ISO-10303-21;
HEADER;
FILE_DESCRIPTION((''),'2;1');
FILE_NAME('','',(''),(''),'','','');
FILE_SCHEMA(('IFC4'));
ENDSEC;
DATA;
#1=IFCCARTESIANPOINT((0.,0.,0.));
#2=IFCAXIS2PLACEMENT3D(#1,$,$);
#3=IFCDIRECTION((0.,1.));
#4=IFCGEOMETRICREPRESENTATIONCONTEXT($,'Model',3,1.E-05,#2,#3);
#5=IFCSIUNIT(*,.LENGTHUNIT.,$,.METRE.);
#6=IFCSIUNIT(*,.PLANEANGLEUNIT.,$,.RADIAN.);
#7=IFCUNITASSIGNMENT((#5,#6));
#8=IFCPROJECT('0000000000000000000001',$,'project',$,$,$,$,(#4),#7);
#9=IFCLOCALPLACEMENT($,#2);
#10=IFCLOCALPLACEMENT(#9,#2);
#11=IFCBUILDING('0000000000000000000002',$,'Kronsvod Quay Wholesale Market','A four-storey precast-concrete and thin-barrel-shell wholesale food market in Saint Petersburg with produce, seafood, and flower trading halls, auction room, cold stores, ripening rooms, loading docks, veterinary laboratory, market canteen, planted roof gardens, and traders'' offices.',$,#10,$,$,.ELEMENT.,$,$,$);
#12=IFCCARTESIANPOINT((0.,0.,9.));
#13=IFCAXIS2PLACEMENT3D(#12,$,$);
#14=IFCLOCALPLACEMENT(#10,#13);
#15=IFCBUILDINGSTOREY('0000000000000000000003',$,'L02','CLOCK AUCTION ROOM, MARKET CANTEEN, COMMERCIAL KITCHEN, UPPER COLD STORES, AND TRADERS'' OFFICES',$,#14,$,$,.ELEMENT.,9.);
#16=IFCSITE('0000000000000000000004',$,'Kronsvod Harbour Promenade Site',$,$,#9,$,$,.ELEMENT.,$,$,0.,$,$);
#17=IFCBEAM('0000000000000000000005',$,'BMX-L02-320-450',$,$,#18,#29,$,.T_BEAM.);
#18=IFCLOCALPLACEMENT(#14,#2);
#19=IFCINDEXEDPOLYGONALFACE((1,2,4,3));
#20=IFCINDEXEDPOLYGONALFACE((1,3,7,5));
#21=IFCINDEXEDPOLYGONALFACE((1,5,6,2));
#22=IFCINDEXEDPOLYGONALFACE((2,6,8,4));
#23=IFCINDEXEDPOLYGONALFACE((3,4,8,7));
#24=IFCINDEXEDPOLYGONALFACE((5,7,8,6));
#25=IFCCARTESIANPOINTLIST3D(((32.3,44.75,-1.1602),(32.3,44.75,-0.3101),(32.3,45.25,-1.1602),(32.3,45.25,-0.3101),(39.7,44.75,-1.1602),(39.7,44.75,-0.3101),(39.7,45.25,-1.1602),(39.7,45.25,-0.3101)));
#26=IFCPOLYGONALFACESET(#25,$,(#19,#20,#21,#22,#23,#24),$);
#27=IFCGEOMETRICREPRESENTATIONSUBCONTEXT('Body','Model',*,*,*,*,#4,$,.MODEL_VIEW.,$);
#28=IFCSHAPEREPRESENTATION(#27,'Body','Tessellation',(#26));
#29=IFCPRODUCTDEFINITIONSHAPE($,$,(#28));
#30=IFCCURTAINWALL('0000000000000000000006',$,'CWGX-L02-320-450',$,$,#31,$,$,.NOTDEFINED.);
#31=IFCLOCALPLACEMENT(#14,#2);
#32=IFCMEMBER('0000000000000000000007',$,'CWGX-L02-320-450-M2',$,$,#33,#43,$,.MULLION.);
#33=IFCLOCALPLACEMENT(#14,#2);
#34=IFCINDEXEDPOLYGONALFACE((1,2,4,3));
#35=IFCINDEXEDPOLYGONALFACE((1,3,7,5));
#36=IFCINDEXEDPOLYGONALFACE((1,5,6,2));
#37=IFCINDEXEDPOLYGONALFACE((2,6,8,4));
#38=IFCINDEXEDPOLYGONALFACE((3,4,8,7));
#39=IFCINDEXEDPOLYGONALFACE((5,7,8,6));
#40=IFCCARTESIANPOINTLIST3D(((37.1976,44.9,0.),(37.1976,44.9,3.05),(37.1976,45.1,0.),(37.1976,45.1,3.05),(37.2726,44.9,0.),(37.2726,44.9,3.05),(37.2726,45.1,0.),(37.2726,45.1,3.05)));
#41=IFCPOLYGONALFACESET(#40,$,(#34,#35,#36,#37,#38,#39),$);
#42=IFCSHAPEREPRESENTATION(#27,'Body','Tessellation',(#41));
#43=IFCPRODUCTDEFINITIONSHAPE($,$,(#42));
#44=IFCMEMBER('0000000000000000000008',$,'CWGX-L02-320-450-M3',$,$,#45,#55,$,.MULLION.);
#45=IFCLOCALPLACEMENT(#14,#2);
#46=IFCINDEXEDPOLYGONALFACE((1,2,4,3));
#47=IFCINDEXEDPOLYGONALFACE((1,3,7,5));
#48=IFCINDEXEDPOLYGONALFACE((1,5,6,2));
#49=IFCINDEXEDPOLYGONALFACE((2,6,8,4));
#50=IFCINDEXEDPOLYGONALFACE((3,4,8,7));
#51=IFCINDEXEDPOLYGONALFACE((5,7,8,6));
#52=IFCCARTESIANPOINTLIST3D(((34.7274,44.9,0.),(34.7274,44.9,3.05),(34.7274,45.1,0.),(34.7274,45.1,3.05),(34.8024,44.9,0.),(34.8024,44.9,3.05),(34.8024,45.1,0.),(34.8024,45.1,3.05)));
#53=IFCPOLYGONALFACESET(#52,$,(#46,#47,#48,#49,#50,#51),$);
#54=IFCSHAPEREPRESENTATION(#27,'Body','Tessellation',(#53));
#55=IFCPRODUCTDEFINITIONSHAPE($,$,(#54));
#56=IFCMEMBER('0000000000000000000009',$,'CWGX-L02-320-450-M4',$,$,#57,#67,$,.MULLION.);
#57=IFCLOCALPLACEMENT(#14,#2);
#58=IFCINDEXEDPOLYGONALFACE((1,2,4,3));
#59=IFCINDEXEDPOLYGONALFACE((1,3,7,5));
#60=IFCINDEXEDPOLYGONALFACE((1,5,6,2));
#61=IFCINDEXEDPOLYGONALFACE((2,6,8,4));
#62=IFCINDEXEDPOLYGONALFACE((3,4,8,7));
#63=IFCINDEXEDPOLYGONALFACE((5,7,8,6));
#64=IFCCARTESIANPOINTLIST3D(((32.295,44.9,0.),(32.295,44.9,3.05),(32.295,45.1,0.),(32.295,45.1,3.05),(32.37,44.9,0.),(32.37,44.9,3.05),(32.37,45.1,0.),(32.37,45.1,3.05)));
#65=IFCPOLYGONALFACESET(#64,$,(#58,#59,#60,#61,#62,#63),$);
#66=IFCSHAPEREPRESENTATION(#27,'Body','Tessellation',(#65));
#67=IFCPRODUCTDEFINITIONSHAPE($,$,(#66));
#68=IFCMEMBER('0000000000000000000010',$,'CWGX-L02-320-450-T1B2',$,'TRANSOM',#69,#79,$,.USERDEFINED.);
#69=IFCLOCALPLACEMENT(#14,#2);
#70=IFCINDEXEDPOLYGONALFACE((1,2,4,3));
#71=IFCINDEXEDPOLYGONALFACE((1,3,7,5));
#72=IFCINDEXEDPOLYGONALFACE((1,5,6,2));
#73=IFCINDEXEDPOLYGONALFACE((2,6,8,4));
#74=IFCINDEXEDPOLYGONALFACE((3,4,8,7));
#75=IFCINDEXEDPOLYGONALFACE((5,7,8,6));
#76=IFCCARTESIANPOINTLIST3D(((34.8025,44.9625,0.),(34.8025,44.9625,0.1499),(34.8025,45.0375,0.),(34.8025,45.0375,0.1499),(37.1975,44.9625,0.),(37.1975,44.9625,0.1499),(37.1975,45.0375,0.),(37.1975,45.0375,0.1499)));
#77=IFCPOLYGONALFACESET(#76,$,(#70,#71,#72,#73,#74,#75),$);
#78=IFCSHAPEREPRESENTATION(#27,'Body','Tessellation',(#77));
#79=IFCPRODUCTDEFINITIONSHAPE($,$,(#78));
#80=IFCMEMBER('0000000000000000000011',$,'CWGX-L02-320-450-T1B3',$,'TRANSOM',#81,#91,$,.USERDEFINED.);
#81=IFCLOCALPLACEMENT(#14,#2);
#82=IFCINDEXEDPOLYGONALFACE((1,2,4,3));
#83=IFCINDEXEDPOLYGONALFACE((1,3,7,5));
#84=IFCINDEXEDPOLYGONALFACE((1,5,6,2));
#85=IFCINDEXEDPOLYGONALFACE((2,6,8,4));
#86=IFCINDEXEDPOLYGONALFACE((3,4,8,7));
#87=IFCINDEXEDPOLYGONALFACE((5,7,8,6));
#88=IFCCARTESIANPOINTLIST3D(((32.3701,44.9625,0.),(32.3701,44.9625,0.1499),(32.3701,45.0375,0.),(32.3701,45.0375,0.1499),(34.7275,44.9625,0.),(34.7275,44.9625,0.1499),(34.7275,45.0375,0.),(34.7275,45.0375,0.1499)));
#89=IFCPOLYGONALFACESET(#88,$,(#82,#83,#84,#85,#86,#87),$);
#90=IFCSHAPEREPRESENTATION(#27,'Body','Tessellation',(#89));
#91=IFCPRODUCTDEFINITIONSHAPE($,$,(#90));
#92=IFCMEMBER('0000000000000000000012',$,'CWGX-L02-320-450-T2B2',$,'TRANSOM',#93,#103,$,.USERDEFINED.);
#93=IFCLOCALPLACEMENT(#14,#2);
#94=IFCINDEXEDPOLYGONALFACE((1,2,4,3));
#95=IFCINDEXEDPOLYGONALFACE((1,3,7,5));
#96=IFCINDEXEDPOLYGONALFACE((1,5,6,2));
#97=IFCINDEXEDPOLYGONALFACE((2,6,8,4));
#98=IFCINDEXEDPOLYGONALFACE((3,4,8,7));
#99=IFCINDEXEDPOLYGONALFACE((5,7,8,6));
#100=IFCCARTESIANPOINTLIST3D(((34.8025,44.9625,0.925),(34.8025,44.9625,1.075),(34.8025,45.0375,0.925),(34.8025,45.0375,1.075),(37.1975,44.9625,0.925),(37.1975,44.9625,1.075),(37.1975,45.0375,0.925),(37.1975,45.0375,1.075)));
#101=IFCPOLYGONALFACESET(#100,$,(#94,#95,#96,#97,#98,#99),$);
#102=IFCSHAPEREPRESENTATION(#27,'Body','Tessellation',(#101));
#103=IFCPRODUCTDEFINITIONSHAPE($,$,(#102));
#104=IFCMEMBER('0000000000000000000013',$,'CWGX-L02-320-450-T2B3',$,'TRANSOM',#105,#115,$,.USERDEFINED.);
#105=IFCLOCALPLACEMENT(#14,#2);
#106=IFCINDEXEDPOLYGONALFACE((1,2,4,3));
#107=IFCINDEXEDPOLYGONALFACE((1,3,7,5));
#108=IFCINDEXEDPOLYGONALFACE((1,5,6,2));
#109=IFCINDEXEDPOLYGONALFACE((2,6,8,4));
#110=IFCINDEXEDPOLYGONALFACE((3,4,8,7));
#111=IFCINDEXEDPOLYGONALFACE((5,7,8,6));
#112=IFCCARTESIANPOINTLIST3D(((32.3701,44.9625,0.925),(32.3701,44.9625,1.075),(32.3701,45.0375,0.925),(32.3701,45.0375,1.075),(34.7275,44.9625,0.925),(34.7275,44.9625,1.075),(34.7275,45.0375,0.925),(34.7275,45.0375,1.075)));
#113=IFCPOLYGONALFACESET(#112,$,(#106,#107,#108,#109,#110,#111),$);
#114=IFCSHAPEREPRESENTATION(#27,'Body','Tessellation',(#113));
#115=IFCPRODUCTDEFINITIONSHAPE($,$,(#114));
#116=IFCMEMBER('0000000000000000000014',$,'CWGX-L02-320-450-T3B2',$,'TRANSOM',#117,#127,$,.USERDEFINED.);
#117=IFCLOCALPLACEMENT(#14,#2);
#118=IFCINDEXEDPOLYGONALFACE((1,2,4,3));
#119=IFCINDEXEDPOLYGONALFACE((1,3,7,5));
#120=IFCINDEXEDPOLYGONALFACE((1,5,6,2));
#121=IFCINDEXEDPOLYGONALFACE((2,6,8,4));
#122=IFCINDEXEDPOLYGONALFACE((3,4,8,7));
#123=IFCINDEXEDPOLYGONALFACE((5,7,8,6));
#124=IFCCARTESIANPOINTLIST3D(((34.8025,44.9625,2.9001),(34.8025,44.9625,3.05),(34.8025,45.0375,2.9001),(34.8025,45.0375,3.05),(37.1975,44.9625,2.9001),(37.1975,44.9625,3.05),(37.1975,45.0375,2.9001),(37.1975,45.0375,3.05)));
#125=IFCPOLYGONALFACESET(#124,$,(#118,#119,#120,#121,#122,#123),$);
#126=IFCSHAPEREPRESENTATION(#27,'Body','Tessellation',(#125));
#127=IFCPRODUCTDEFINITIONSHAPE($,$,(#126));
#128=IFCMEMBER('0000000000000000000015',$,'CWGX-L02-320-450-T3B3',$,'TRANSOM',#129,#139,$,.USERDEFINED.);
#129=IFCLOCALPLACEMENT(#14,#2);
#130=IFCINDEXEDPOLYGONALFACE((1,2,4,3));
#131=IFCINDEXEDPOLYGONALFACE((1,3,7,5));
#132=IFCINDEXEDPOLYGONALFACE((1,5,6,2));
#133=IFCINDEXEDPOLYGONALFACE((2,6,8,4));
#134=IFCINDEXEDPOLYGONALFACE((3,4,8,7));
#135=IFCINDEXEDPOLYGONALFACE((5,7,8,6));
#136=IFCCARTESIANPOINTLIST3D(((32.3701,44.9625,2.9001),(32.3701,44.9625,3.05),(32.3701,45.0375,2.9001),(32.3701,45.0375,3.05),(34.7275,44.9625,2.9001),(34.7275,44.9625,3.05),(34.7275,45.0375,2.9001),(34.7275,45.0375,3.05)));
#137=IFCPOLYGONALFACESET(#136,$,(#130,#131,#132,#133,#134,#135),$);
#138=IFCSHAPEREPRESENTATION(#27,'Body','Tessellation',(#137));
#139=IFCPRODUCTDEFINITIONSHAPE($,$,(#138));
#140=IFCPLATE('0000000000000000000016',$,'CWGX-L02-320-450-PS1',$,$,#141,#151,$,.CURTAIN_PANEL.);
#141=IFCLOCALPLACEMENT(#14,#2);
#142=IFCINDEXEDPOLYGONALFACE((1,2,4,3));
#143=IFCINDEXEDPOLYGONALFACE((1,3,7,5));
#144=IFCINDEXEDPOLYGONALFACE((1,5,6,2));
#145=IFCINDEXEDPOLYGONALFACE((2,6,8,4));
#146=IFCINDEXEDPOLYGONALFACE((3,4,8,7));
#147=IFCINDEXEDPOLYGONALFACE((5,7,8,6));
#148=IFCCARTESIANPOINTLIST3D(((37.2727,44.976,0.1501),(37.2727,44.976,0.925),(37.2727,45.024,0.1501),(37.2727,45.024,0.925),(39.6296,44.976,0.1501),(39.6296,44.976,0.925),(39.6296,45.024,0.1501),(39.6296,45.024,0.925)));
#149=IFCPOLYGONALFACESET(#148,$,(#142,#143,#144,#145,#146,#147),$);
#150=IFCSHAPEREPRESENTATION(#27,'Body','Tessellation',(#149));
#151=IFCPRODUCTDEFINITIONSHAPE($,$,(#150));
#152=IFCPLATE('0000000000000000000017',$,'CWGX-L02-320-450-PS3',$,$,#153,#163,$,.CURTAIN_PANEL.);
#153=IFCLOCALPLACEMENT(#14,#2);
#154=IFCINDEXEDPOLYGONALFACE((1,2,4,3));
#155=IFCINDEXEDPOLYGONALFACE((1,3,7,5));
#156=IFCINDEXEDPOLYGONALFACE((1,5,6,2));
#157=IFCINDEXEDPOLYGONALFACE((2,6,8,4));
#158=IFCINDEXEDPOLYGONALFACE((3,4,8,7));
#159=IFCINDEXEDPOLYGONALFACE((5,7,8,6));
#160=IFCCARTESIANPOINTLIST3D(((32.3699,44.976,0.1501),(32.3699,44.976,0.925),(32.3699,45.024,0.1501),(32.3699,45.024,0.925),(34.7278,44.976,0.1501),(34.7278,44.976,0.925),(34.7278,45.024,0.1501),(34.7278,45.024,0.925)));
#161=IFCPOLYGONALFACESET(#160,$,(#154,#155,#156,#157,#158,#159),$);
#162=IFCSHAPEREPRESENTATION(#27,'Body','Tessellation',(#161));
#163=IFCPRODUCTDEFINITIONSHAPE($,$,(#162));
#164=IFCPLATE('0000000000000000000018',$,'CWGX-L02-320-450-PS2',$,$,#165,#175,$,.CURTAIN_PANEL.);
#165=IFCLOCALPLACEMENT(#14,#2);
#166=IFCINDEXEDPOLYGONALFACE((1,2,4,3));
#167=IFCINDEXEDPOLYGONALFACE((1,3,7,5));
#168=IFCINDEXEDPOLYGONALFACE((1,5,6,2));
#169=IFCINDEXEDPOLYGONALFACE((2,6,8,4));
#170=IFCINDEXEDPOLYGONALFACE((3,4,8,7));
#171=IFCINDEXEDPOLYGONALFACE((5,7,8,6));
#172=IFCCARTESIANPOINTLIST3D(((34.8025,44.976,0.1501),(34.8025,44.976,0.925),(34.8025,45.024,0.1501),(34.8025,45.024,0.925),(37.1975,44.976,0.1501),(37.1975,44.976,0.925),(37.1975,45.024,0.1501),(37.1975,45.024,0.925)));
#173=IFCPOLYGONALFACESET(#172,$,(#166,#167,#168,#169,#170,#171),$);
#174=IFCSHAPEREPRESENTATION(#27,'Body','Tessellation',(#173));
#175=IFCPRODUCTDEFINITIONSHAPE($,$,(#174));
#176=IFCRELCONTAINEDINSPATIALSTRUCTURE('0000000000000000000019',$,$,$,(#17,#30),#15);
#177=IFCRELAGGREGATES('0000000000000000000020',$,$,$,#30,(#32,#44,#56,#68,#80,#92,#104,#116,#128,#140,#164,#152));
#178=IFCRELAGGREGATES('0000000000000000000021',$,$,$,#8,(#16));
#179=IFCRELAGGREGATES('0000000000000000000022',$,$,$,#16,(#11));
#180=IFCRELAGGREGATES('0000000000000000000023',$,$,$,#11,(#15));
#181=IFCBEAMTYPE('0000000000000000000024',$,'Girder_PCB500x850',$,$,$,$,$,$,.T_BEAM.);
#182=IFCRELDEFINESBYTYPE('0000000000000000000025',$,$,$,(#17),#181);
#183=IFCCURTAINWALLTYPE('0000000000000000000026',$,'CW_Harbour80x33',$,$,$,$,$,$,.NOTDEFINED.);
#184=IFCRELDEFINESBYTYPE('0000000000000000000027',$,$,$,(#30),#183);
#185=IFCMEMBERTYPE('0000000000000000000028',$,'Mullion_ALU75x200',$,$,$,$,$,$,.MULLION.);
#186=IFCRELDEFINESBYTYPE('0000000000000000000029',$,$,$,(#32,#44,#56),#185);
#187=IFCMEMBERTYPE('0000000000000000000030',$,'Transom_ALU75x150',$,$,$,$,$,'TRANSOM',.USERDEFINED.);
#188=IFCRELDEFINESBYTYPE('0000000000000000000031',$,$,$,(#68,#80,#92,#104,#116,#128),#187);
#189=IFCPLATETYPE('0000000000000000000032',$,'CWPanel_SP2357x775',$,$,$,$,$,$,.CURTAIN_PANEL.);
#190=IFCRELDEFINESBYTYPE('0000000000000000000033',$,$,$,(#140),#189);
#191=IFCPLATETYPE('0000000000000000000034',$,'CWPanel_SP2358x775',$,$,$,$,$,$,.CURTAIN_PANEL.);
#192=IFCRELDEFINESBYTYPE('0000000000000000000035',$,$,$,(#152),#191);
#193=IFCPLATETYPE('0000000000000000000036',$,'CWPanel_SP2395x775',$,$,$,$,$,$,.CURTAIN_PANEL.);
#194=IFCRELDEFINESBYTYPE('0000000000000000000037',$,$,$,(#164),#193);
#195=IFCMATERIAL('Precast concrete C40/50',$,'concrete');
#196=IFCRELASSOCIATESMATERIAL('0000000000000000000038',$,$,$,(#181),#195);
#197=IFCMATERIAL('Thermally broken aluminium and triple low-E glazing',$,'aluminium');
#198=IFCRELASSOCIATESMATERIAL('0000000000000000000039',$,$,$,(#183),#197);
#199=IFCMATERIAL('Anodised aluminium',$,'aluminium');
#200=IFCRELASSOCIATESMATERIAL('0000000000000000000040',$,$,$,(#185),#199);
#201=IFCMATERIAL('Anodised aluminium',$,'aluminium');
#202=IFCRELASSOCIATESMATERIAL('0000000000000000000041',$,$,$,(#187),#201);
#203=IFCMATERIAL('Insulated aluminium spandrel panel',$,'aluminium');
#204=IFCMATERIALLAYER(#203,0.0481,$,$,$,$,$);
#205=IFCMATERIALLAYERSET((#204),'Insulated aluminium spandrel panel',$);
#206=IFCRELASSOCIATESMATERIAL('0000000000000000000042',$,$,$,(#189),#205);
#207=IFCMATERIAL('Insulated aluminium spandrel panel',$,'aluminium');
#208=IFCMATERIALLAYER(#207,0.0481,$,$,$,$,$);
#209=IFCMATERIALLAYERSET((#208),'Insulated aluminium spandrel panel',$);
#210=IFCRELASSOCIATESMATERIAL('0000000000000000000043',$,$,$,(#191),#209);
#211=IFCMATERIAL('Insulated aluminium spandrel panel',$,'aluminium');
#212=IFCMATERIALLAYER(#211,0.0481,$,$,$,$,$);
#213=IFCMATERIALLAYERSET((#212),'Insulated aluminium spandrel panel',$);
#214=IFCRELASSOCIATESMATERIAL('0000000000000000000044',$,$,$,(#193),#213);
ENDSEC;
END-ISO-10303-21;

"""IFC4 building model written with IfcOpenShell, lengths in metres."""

from ifc_helpers import new_model, si_unit, direction, frame, origin, origin_2d, place, context, subcontext, project, spatial, rectangle, extrude, material, layer, layer_set, material_profile, profile_set, type_object, element, aggregate, save


model = new_model("IFC4")

# Units and contexts
model_context = context("Model", 3, precision=1e-05, world=origin(), true_north=direction((0.0, 1.0)))
body_context = subcontext(model_context, "Body", "Model", "MODEL_VIEW")
ifc_project = project(units=[si_unit("LENGTHUNIT", "METRE"), si_unit("PLANEANGLEUNIT", "RADIAN")], contexts=[model_context])

# Site, building, storey
site_placement = place(None, origin())
site = spatial("IfcSite", under=ifc_project, at=site_placement, Name="Kronsvod Harbour Promenade Site", CompositionType="ELEMENT", RefElevation=0.0)
building_placement = place(site_placement, origin())
building = spatial("IfcBuilding", under=site, at=building_placement, Name="Kronsvod Quay Wholesale Market", Description="A four-storey precast-concrete and thin-barrel-shell wholesale food market in Saint Petersburg with produce, seafood, and flower trading halls, auction room, cold stores, ripening rooms, loading docks, veterinary laboratory, market canteen, planted roof gardens, and traders' offices.", CompositionType="ELEMENT")
storey_placement = place(building_placement, frame((0.0, 0.0, 9.0)))
storey = spatial("IfcBuildingStorey", under=building, at=storey_placement, Name="L02", Description="CLOCK AUCTION ROOM, MARKET CANTEEN, COMMERCIAL KITCHEN, UPPER COLD STORES, AND TRADERS' OFFICES", CompositionType="ELEMENT", Elevation=9.0)

# Beam
ifc_material_1 = material(Name="Precast concrete C40/50", Category="concrete")
ifc_material_profile_1 = material_profile(ifc_material_1, rectangle(XDim=0.5, YDim=0.8501, at=origin_2d()), Name="PCB500x850")
ifc_profile_set_1 = profile_set([ifc_material_profile_1], Name="Precast concrete C40/50")
beam_type_1 = type_object("IfcBeamType", Name="Girder_PCB500x850", PredefinedType="T_BEAM", material=ifc_profile_set_1)
beam_1_placement = place(storey_placement, frame((32.3, 45.0, -0.7351), z_axis=(1.0, 0.0, 0.0), x_axis=(0.0, 1.0, 0.0)))
element("IfcBeam", 1, at=beam_1_placement, inside=storey, type_object=beam_type_1, Name="BMX-L02-320-450", PredefinedType="T_BEAM", context=body_context, shape_type="SweptSolid", body=[
    extrude(rectangle(XDim=0.5, YDim=0.8501, at=origin_2d()), origin(), (0.0, 0.0, 1.0), 7.3999),
])

# Curtain wall, members, plates
ifc_material_2 = material(Name="Thermally broken aluminium and triple low-E glazing", Category="aluminium")
curtain_wall_type = type_object("IfcCurtainWallType", Name="CW_Harbour80x33", PredefinedType="NOTDEFINED", material=ifc_material_2)
curtain_wall_placement = place(storey_placement, origin())
curtain_wall = element("IfcCurtainWall", 2, at=curtain_wall_placement, inside=storey, type_object=curtain_wall_type, Name="CWGX-L02-320-450", PredefinedType="NOTDEFINED")
ifc_material_3 = material(Name="Anodised aluminium", Category="aluminium")
ifc_material_profile_2 = material_profile(ifc_material_3, rectangle(XDim=0.075, YDim=0.2, at=origin_2d()), Name="ALUM75x200")
ifc_profile_set_2 = profile_set([ifc_material_profile_2], Name="Anodised aluminium")
member_type_1 = type_object("IfcMemberType", Name="Mullion_ALU75x200", PredefinedType="MULLION", material=ifc_profile_set_2)
member_1_placement = place(storey_placement, frame((37.2351, 45.0, 0.0), z_axis=(0.0, 0.0, 1.0), x_axis=(1.0, 0.0, 0.0)))
member_1 = element("IfcMember", 3, at=member_1_placement, type_object=member_type_1, Name="CWGX-L02-320-450-M2", PredefinedType="MULLION", context=body_context, shape_type="SweptSolid", body=[
    extrude(rectangle(XDim=0.075, YDim=0.2, at=origin_2d()), origin(), (0.0, 0.0, 1.0), 3.05),
])
member_2_placement = place(storey_placement, frame((34.7649, 45.0, 0.0), z_axis=(0.0, 0.0, 1.0), x_axis=(1.0, 0.0, 0.0)))
member_2 = element("IfcMember", 4, at=member_2_placement, type_object=member_type_1, Name="CWGX-L02-320-450-M3", PredefinedType="MULLION", context=body_context, shape_type="SweptSolid", body=[
    extrude(rectangle(XDim=0.075, YDim=0.2, at=origin_2d()), origin(), (0.0, 0.0, 1.0), 3.05),
])
member_3_placement = place(storey_placement, frame((32.3325, 45.0, 0.0), z_axis=(0.0, 0.0, 1.0), x_axis=(1.0, 0.0, 0.0)))
member_3 = element("IfcMember", 5, at=member_3_placement, type_object=member_type_1, Name="CWGX-L02-320-450-M4", PredefinedType="MULLION", context=body_context, shape_type="SweptSolid", body=[
    extrude(rectangle(XDim=0.075, YDim=0.2, at=origin_2d()), origin(), (0.0, 0.0, 1.0), 3.05),
])
ifc_material_4 = material(Name="Anodised aluminium", Category="aluminium")
ifc_material_profile_3 = material_profile(ifc_material_4, rectangle(XDim=0.075, YDim=0.1499, at=origin_2d()), Name="ALUT75x150")
ifc_profile_set_3 = profile_set([ifc_material_profile_3], Name="Anodised aluminium")
member_type_2 = type_object("IfcMemberType", Name="Transom_ALU75x150", ElementType="TRANSOM", PredefinedType="USERDEFINED", material=ifc_profile_set_3)
member_4_placement = place(storey_placement, frame((37.1975, 45.0, 0.075), z_axis=(-1.0, 0.0, 0.0), x_axis=(0.0, -1.0, 0.0)))
member_4 = element("IfcMember", 6, at=member_4_placement, type_object=member_type_2, Name="CWGX-L02-320-450-T1B2", ObjectType="TRANSOM", PredefinedType="USERDEFINED", context=body_context, shape_type="SweptSolid", body=[
    extrude(rectangle(XDim=0.075, YDim=0.1499, at=origin_2d()), origin(), (0.0, 0.0, 1.0), 2.395),
])
member_5_placement = place(storey_placement, frame((34.7275, 45.0, 0.075), z_axis=(-1.0, 0.0, 0.0), x_axis=(0.0, -1.0, 0.0)))
member_5 = element("IfcMember", 7, at=member_5_placement, type_object=member_type_2, Name="CWGX-L02-320-450-T1B3", ObjectType="TRANSOM", PredefinedType="USERDEFINED", context=body_context, shape_type="SweptSolid", body=[
    extrude(rectangle(XDim=0.075, YDim=0.1499, at=origin_2d()), origin(), (0.0, 0.0, 1.0), 2.3574),
])
member_6_placement = place(storey_placement, frame((37.1975, 45.0, 1.0), z_axis=(-1.0, 0.0, 0.0), x_axis=(0.0, -1.0, 0.0)))
member_6 = element("IfcMember", 8, at=member_6_placement, type_object=member_type_2, Name="CWGX-L02-320-450-T2B2", ObjectType="TRANSOM", PredefinedType="USERDEFINED", context=body_context, shape_type="SweptSolid", body=[
    extrude(rectangle(XDim=0.075, YDim=0.1499, at=origin_2d()), origin(), (0.0, 0.0, 1.0), 2.395),
])
member_7_placement = place(storey_placement, frame((34.7275, 45.0, 1.0), z_axis=(-1.0, 0.0, 0.0), x_axis=(0.0, -1.0, 0.0)))
member_7 = element("IfcMember", 9, at=member_7_placement, type_object=member_type_2, Name="CWGX-L02-320-450-T2B3", ObjectType="TRANSOM", PredefinedType="USERDEFINED", context=body_context, shape_type="SweptSolid", body=[
    extrude(rectangle(XDim=0.075, YDim=0.1499, at=origin_2d()), origin(), (0.0, 0.0, 1.0), 2.3574),
])
member_8_placement = place(storey_placement, frame((37.1975, 45.0, 2.9751), z_axis=(-1.0, 0.0, 0.0), x_axis=(0.0, -1.0, 0.0)))
member_8 = element("IfcMember", 10, at=member_8_placement, type_object=member_type_2, Name="CWGX-L02-320-450-T3B2", ObjectType="TRANSOM", PredefinedType="USERDEFINED", context=body_context, shape_type="SweptSolid", body=[
    extrude(rectangle(XDim=0.075, YDim=0.1499, at=origin_2d()), origin(), (0.0, 0.0, 1.0), 2.395),
])
member_9_placement = place(storey_placement, frame((34.7275, 45.0, 2.9751), z_axis=(-1.0, 0.0, 0.0), x_axis=(0.0, -1.0, 0.0)))
member_9 = element("IfcMember", 11, at=member_9_placement, type_object=member_type_2, Name="CWGX-L02-320-450-T3B3", ObjectType="TRANSOM", PredefinedType="USERDEFINED", context=body_context, shape_type="SweptSolid", body=[
    extrude(rectangle(XDim=0.075, YDim=0.1499, at=origin_2d()), origin(), (0.0, 0.0, 1.0), 2.3574),
])
ifc_material_5 = material(Name="Insulated aluminium spandrel panel", Category="aluminium")
ifc_layer_1 = layer(ifc_material_5, 0.0481)
ifc_layer_set_1 = layer_set([ifc_layer_1], Name="Insulated aluminium spandrel panel")
plate_type_1 = type_object("IfcPlateType", Name="CWPanel_SP2357x775", PredefinedType="CURTAIN_PANEL", material=ifc_layer_set_1)
plate_1_placement = place(storey_placement, frame((38.4512, 45.0, 0.1501), z_axis=(0.0, 0.0, 1.0), x_axis=(-1.0, 0.0, 0.0)))
plate_1 = element("IfcPlate", 12, at=plate_1_placement, type_object=plate_type_1, Name="CWGX-L02-320-450-PS1", PredefinedType="CURTAIN_PANEL", context=body_context, shape_type="SweptSolid", body=[
    extrude(rectangle(XDim=2.3569, YDim=0.0481, at=origin_2d()), origin(), (0.0, 0.0, 1.0), 0.7749),
])
ifc_material_6 = material(Name="Insulated aluminium spandrel panel", Category="aluminium")
ifc_layer_2 = layer(ifc_material_6, 0.0481)
ifc_layer_set_2 = layer_set([ifc_layer_2], Name="Insulated aluminium spandrel panel")
plate_type_2 = type_object("IfcPlateType", Name="CWPanel_SP2358x775", PredefinedType="CURTAIN_PANEL", material=ifc_layer_set_2)
plate_2_placement = place(storey_placement, frame((33.5488, 45.0, 0.1501), z_axis=(0.0, 0.0, 1.0), x_axis=(-1.0, 0.0, 0.0)))
plate_2 = element("IfcPlate", 13, at=plate_2_placement, type_object=plate_type_2, Name="CWGX-L02-320-450-PS3", PredefinedType="CURTAIN_PANEL", context=body_context, shape_type="SweptSolid", body=[
    extrude(rectangle(XDim=2.3579, YDim=0.0481, at=origin_2d()), origin(), (0.0, 0.0, 1.0), 0.7749),
])
ifc_material_7 = material(Name="Insulated aluminium spandrel panel", Category="aluminium")
ifc_layer_3 = layer(ifc_material_7, 0.0481)
ifc_layer_set_3 = layer_set([ifc_layer_3], Name="Insulated aluminium spandrel panel")
plate_type_3 = type_object("IfcPlateType", Name="CWPanel_SP2395x775", PredefinedType="CURTAIN_PANEL", material=ifc_layer_set_3)
plate_3_placement = place(storey_placement, frame((36.0, 45.0, 0.1501), z_axis=(0.0, 0.0, 1.0), x_axis=(-1.0, 0.0, 0.0)))
plate_3 = element("IfcPlate", 14, at=plate_3_placement, type_object=plate_type_3, Name="CWGX-L02-320-450-PS2", PredefinedType="CURTAIN_PANEL", context=body_context, shape_type="SweptSolid", body=[
    extrude(rectangle(XDim=2.395, YDim=0.0481, at=origin_2d()), origin(), (0.0, 0.0, 1.0), 0.7749),
])
aggregate(curtain_wall, [member_1, member_2, member_3, member_4, member_5, member_6, member_7, member_8, member_9, plate_1, plate_3, plate_2])

save(model, "model.ifc")
